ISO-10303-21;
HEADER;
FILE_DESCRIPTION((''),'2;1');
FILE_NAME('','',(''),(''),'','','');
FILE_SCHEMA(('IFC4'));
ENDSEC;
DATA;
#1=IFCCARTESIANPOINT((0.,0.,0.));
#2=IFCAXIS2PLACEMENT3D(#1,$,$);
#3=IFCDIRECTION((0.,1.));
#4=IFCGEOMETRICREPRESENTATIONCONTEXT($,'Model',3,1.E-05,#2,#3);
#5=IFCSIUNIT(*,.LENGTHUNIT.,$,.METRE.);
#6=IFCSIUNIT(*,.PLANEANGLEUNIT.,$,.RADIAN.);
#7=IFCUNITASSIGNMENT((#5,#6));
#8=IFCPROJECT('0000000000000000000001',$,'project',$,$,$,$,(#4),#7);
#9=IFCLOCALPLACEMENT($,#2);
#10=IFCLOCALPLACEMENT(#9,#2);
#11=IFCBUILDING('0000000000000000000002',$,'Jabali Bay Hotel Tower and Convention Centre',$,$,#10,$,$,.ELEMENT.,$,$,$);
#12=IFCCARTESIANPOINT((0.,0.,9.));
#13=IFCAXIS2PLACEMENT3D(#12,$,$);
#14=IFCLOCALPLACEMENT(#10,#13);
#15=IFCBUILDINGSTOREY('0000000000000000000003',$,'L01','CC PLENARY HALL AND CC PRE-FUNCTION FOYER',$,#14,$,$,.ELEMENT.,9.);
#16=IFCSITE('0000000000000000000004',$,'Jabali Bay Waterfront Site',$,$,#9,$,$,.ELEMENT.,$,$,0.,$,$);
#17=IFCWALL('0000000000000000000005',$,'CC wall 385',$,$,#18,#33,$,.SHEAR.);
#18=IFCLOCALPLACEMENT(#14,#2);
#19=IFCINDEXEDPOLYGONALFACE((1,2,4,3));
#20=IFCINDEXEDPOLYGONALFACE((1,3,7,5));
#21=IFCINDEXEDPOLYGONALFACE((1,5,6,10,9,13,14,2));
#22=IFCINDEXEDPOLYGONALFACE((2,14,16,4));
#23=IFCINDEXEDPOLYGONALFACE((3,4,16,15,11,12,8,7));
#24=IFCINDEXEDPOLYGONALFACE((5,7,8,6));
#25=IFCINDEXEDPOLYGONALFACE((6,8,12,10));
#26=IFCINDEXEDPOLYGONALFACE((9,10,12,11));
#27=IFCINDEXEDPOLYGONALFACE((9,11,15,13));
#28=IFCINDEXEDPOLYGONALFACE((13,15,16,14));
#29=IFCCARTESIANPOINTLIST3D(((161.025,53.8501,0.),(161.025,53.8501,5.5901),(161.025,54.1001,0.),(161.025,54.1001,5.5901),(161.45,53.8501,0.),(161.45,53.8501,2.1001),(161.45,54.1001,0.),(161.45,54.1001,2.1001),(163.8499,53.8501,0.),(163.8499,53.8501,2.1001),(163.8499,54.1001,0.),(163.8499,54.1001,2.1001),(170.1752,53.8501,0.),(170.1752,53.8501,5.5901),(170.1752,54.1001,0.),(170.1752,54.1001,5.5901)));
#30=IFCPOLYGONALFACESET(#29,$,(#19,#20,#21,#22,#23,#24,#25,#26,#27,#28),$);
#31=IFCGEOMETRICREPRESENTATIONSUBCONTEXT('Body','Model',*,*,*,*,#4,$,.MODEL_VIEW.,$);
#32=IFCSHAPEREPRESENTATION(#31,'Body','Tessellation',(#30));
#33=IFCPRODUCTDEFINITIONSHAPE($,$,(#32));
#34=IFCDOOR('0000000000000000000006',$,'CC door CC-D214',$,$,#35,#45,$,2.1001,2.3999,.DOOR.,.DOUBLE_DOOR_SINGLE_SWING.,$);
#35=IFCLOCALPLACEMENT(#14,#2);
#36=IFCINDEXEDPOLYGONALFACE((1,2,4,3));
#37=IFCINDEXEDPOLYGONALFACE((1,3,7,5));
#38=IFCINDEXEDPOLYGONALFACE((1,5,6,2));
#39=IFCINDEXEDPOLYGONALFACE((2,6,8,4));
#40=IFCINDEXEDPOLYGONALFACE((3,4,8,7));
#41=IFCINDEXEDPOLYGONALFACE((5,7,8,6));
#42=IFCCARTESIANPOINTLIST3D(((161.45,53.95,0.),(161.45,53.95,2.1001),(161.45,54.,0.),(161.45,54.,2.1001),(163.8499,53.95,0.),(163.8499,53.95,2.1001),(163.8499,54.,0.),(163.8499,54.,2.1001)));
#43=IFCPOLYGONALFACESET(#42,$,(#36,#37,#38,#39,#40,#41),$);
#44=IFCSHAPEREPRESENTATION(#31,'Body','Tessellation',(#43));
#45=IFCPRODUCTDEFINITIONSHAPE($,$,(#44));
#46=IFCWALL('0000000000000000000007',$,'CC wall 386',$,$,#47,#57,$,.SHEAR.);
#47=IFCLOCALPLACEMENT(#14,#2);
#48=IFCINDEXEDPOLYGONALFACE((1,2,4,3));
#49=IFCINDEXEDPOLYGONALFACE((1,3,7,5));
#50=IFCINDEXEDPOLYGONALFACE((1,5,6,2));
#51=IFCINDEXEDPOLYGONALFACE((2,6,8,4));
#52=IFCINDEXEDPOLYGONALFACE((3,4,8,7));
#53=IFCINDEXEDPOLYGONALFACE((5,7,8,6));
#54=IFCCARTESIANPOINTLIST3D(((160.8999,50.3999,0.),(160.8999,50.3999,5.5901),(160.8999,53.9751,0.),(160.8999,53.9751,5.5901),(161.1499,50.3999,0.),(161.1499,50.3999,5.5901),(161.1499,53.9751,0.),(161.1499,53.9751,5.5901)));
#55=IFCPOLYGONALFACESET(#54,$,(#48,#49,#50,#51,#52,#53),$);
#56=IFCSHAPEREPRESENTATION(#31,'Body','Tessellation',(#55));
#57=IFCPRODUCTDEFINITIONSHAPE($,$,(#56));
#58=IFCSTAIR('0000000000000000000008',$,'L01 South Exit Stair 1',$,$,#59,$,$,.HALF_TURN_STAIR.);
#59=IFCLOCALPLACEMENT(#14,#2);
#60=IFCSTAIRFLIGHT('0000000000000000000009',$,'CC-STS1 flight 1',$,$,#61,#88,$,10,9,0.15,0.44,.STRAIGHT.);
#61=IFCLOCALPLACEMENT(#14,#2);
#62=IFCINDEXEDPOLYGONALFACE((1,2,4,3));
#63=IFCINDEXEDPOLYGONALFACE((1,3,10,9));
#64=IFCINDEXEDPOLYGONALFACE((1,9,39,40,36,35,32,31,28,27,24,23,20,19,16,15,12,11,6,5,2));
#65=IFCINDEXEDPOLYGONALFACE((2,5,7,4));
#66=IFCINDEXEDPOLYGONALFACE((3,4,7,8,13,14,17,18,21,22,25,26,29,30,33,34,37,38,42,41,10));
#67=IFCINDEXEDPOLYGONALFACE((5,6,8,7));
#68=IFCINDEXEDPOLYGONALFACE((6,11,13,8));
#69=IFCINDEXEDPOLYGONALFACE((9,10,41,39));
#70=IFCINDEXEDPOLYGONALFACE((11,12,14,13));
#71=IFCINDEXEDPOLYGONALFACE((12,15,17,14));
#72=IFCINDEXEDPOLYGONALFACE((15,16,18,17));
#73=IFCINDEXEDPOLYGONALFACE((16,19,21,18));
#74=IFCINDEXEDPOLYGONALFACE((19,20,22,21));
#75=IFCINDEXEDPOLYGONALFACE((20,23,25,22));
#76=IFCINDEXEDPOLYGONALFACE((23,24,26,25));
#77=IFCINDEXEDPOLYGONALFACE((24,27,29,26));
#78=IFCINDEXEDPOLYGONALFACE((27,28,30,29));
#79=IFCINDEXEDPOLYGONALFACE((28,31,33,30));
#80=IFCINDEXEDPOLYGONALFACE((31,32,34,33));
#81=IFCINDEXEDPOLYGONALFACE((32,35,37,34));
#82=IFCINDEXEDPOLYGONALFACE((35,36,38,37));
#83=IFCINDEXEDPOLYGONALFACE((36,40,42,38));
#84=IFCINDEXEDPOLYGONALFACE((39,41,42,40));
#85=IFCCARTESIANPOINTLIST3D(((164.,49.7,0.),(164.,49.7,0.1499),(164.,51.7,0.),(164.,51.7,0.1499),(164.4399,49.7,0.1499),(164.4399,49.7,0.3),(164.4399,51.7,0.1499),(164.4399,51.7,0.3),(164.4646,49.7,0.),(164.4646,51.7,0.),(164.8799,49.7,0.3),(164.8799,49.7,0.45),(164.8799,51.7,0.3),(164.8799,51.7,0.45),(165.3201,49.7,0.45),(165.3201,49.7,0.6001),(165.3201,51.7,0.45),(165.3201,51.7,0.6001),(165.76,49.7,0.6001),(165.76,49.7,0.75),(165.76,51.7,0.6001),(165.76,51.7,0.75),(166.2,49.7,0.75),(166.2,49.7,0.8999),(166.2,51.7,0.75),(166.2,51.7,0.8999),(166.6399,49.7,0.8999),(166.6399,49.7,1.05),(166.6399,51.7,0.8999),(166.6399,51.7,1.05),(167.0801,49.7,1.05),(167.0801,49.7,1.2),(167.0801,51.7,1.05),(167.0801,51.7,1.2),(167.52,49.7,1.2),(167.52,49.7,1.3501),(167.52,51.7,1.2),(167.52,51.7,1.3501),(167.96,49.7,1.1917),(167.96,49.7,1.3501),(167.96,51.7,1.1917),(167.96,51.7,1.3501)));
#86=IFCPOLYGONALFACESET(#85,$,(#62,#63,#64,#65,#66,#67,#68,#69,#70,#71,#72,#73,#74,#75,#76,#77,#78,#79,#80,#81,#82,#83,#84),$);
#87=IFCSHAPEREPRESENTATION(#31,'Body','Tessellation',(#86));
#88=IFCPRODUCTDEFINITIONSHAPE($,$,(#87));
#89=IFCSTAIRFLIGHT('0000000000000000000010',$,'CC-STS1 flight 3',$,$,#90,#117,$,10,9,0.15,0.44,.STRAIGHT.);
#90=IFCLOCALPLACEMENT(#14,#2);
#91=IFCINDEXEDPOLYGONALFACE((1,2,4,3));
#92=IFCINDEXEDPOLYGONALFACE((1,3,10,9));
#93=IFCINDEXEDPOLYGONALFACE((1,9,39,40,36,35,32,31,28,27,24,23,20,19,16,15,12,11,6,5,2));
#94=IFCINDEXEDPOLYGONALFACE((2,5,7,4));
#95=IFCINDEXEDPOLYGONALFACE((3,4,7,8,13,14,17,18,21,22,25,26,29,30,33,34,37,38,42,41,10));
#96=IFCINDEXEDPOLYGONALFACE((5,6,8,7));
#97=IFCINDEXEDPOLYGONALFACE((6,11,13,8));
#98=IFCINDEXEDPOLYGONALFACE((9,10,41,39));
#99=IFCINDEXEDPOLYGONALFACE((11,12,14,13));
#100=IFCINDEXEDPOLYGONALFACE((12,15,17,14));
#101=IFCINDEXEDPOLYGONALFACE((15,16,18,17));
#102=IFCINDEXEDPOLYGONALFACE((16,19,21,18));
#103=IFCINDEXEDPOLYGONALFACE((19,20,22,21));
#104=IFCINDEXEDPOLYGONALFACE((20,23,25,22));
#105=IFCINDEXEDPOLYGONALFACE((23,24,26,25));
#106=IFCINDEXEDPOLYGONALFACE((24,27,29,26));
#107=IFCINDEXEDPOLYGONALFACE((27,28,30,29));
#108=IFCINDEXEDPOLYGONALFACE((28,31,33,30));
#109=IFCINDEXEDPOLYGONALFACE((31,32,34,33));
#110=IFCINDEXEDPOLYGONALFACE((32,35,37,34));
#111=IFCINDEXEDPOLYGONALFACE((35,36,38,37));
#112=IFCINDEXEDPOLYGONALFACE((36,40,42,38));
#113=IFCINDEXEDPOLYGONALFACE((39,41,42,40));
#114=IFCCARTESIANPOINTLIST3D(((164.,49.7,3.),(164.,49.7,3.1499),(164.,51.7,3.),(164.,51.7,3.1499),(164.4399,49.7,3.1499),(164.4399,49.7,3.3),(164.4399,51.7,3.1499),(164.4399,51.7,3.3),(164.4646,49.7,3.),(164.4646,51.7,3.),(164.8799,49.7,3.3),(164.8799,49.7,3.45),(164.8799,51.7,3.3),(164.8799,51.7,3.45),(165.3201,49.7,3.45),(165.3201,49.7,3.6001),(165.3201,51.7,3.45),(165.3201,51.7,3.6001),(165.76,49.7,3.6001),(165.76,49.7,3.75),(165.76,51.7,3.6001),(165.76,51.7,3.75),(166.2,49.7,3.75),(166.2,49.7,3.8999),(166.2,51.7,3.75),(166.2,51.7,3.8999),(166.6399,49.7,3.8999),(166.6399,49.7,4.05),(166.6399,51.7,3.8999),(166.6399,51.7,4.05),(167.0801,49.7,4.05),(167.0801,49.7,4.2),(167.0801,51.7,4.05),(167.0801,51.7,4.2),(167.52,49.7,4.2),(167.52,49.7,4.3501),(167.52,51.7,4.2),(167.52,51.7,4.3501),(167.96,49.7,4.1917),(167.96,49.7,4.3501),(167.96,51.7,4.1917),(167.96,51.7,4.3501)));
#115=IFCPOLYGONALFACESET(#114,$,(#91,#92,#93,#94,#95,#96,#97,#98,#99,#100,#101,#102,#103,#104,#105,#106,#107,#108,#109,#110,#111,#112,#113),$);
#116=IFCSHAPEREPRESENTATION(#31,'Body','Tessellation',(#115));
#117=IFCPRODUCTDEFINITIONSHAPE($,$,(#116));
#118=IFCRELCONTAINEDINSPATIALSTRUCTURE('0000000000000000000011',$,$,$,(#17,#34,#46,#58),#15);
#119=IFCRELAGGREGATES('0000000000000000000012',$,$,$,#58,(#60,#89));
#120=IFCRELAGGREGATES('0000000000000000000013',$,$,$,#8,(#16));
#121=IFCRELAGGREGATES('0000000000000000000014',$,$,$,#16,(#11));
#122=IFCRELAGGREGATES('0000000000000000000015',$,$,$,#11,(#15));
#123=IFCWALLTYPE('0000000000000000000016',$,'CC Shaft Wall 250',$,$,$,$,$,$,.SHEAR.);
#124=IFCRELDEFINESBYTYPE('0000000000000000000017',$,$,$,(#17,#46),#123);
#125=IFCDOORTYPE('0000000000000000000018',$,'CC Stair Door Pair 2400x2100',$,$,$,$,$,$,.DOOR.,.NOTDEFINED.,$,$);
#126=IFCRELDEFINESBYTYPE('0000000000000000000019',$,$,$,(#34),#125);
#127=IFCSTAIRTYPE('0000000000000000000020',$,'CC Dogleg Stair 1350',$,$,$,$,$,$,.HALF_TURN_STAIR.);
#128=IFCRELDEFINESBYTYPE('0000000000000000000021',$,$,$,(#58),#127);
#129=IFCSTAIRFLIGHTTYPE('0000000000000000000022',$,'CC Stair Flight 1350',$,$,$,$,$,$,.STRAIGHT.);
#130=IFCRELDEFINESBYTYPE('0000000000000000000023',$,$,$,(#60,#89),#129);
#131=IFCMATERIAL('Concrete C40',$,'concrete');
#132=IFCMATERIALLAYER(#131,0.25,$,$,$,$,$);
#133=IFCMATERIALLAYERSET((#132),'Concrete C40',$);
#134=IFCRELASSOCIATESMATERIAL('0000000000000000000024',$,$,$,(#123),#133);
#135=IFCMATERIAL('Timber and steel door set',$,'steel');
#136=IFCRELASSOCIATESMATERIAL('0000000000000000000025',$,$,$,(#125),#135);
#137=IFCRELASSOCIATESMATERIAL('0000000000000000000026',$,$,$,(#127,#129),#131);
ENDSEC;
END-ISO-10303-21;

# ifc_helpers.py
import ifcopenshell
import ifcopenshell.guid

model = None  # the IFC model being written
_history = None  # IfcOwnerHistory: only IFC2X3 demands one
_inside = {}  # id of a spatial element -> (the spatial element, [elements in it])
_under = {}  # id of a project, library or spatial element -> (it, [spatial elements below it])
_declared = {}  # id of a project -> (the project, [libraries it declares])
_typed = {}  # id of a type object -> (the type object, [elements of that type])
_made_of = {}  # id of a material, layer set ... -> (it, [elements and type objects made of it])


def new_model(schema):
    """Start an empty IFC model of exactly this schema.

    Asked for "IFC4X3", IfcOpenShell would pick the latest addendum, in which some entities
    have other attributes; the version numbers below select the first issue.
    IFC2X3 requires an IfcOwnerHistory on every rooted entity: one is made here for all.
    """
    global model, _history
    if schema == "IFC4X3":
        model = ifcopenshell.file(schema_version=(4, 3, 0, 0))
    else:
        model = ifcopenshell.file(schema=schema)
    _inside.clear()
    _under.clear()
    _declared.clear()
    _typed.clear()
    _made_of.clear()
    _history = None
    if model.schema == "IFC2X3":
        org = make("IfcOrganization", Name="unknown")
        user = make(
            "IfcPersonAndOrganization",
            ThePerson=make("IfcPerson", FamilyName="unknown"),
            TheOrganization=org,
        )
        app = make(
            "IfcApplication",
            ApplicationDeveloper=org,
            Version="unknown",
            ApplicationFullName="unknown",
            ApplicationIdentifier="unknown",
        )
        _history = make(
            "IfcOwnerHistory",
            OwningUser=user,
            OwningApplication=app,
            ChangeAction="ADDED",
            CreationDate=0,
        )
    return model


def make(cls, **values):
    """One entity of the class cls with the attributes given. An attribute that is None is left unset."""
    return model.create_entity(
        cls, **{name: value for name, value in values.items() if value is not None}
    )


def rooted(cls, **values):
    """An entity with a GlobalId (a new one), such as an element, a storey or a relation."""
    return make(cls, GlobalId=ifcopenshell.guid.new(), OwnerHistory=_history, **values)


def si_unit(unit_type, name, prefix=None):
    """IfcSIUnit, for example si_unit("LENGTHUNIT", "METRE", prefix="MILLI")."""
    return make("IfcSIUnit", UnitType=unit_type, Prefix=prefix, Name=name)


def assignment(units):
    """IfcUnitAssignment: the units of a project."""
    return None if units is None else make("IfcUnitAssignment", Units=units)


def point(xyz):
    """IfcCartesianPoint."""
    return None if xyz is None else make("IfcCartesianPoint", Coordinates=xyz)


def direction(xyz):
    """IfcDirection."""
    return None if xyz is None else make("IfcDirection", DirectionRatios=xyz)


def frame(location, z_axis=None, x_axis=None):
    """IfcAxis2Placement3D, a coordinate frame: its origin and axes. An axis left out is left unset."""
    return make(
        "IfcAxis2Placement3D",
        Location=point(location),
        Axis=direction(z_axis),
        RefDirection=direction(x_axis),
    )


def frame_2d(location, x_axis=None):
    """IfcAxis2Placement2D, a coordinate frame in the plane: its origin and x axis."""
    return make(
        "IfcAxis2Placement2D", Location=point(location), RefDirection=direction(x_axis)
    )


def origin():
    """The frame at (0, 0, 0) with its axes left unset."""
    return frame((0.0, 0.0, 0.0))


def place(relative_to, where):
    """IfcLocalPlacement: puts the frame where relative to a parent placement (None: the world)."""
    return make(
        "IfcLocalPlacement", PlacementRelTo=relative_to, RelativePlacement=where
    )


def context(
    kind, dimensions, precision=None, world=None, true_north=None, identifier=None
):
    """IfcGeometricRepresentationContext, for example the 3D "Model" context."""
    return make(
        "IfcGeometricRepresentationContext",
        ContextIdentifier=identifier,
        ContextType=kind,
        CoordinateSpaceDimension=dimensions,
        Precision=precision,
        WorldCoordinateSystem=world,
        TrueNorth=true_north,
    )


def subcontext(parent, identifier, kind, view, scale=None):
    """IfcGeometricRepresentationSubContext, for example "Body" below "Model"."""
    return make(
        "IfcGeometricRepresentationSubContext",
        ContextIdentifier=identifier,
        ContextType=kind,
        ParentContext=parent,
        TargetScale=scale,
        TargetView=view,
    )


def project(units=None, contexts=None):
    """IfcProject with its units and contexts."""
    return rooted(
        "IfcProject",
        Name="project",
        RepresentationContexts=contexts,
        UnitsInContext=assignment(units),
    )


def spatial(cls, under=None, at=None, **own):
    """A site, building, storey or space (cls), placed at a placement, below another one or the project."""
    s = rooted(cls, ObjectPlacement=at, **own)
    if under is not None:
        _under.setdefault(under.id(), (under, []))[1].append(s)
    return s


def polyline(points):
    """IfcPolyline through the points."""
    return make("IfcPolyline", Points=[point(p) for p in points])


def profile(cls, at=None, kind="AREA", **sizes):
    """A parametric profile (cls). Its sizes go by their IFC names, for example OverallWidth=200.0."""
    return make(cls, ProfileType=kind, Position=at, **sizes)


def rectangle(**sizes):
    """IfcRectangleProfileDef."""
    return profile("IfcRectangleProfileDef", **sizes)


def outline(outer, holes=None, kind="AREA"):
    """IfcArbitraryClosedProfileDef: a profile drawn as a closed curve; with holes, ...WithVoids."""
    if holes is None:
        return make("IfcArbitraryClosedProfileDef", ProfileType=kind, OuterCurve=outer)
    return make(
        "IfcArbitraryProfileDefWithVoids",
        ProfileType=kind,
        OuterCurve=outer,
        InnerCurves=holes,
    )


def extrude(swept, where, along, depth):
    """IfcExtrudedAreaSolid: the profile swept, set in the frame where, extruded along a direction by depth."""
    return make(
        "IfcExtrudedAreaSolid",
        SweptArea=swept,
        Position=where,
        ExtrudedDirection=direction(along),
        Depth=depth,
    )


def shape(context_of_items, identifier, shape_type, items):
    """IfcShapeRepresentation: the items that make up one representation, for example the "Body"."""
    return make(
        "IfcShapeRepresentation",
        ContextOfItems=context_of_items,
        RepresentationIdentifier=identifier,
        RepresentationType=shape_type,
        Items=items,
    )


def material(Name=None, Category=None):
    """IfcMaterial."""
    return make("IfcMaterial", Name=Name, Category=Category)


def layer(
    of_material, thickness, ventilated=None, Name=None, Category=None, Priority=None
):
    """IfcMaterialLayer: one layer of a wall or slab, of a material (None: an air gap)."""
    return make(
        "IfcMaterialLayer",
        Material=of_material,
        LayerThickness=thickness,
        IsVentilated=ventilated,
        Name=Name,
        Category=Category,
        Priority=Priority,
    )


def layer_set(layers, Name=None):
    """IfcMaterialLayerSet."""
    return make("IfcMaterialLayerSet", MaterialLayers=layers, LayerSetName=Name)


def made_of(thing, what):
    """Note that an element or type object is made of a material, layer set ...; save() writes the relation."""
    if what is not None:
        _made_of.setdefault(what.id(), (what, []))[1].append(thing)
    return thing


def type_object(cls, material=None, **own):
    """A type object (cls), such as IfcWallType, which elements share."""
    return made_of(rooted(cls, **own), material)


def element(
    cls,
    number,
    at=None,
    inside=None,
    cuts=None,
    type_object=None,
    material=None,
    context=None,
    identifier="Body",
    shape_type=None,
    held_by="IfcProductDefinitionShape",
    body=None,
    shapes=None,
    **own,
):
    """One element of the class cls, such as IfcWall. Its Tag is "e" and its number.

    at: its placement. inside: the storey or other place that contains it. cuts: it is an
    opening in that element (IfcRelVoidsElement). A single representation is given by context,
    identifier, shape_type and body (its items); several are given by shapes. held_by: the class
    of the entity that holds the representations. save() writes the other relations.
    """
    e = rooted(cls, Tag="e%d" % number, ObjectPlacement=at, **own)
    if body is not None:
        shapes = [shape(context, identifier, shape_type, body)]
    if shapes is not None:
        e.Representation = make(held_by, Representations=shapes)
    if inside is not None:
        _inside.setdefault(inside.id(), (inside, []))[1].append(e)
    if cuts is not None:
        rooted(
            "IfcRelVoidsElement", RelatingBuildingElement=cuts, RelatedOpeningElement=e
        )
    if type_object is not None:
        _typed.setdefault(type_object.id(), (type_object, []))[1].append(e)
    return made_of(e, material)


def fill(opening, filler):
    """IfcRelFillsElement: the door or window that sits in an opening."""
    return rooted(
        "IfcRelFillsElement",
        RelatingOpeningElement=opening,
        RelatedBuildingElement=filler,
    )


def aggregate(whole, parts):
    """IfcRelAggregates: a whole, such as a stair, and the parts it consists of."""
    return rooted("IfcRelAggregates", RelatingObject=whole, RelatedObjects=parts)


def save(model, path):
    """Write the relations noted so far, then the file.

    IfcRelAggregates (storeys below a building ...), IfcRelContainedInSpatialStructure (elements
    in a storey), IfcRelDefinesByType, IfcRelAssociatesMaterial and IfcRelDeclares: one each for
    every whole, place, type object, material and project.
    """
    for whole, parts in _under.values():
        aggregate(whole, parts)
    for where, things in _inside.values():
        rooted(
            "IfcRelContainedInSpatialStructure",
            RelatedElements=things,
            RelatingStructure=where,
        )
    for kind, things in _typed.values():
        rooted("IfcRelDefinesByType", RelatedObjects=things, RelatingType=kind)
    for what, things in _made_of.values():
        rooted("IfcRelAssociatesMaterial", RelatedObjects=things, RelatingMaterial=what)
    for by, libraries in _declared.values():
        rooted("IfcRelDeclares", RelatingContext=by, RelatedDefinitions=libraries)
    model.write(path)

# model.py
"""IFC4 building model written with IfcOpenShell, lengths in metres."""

from ifc_helpers import new_model, si_unit, direction, frame, frame_2d, origin, place, context, subcontext, project, spatial, polyline, rectangle, outline, extrude, material, layer, layer_set, type_object, element, fill, aggregate, save


model = new_model("IFC4")

# Units and contexts
model_context = context("Model", 3, precision=1e-05, world=origin(), true_north=direction((0.0, 1.0)))
body_context = subcontext(model_context, "Body", "Model", "MODEL_VIEW")
ifc_project = project(units=[si_unit("LENGTHUNIT", "METRE"), si_unit("PLANEANGLEUNIT", "RADIAN")], contexts=[model_context])

# Site, building, storey
site_placement = place(None, origin())
site = spatial("IfcSite", under=ifc_project, at=site_placement, Name="Jabali Bay Waterfront Site", CompositionType="ELEMENT", RefElevation=0.0)
building_placement = place(site_placement, origin())
building = spatial("IfcBuilding", under=site, at=building_placement, Name="Jabali Bay Hotel Tower and Convention Centre", CompositionType="ELEMENT")
storey_placement = place(building_placement, frame((0.0, 0.0, 9.0)))
storey = spatial("IfcBuildingStorey", under=building, at=storey_placement, Name="L01", Description="CC PLENARY HALL AND CC PRE-FUNCTION FOYER", CompositionType="ELEMENT", Elevation=9.0)

# Shared definitions
ifc_material_1 = material(Name="Concrete C40", Category="concrete")

# Wall, opening, door
ifc_material_2 = material(Name="Timber and steel door set", Category="steel")
ifc_layer_1 = layer(ifc_material_1, 0.25)
ifc_layer_set_1 = layer_set([ifc_layer_1], Name="Concrete C40")
wall_type_1 = type_object("IfcWallType", Name="CC Shaft Wall 250", PredefinedType="SHEAR", material=ifc_layer_set_1)
wall_1_placement = place(storey_placement, frame((161.0249, 53.9751, 0.0), z_axis=(0.0, 0.0, 1.0), x_axis=(1.0, 0.0, 0.0)))
wall_1 = element("IfcWall", 1, at=wall_1_placement, inside=storey, type_object=wall_type_1, Name="CC wall 385", PredefinedType="SHEAR", context=body_context, shape_type="SweptSolid", body=[
    extrude(rectangle(XDim=9.1501, YDim=0.25, at=frame_2d((4.5752, 0.0))), origin(), (0.0, 0.0, 1.0), 5.5901),
])
opening_1_placement = place(wall_1_placement, frame((0.425, 0.0, 0.0)))
opening_1 = element("IfcOpeningElement", 2, at=opening_1_placement, cuts=wall_1, PredefinedType="OPENING", context=body_context, shape_type="SweptSolid", body=[
    extrude(rectangle(XDim=2.3999, YDim=2.1001, at=frame_2d((1.2, 1.05))), frame((0.0, 0.1355, 0.0), z_axis=(0.0, -1.0, 0.0), x_axis=(1.0, 0.0, 0.0)), (0.0, 0.0, 1.0), 0.271),
])
door_type_1 = type_object("IfcDoorType", Name="CC Stair Door Pair 2400x2100", OperationType="NOTDEFINED", PredefinedType="DOOR", material=ifc_material_2)
door_1_placement = place(opening_1_placement, origin())
door_1 = element("IfcDoor", 3, at=door_1_placement, inside=storey, type_object=door_type_1, Name="CC door CC-D214", OperationType="DOUBLE_DOOR_SINGLE_SWING", OverallHeight=2.1001, OverallWidth=2.3999, PredefinedType="DOOR", context=body_context, shape_type="SweptSolid", body=[
    extrude(rectangle(XDim=2.3999, YDim=2.1001, at=frame_2d((1.2, 1.05))), frame((0.0, 0.0249, 0.0), z_axis=(0.0, -1.0, 0.0), x_axis=(1.0, 0.0, 0.0)), (0.0, 0.0, 1.0), 0.05),
])
fill(opening_1, door_1)

# Wall
wall_2_placement = place(storey_placement, frame((161.0249, 50.3999, 0.0), z_axis=(0.0, 0.0, 1.0), x_axis=(0.0, 1.0, 0.0)))
element("IfcWall", 4, at=wall_2_placement, inside=storey, type_object=wall_type_1, Name="CC wall 386", PredefinedType="SHEAR", context=body_context, shape_type="SweptSolid", body=[
    extrude(rectangle(XDim=3.5752, YDim=0.25, at=frame_2d((1.7876, 0.0))), origin(), (0.0, 0.0, 1.0), 5.5901),
])

# Stair, stair flights
stair_type = type_object("IfcStairType", Name="CC Dogleg Stair 1350", PredefinedType="HALF_TURN_STAIR", material=ifc_material_1)
stair_placement = place(storey_placement, origin())
stair = element("IfcStair", 5, at=stair_placement, inside=storey, type_object=stair_type, Name="L01 South Exit Stair 1", PredefinedType="HALF_TURN_STAIR")
stair_flight_type = type_object("IfcStairFlightType", Name="CC Stair Flight 1350", PredefinedType="STRAIGHT", material=ifc_material_1)
stair_flight_1_placement = place(storey_placement, frame((164.0, 50.7, 0.0), z_axis=(0.0, 0.0, 1.0), x_axis=(1.0, 0.0, 0.0)))
stair_flight_1 = element("IfcStairFlight", 6, at=stair_flight_1_placement, type_object=stair_flight_type, Name="CC-STS1 flight 1", NumberOfRisers=10, NumberOfTreads=9, PredefinedType="STRAIGHT", RiserHeight=0.15, TreadLength=0.44, context=body_context, shape_type="SweptSolid", body=[
    extrude(outline(polyline([(0.0, 0.0), (0.0, 0.1499), (0.4399, 0.1499), (0.4399, 0.3), (0.8799, 0.3), (0.8799, 0.45), (1.3201, 0.45), (1.3201, 0.6001), (1.76, 0.6001), (1.76, 0.75), (2.2, 0.75), (2.2, 0.8999), (2.6399, 0.8999), (2.6399, 1.05), (3.0801, 1.05), (3.0801, 1.2), (3.52, 1.2), (3.52, 1.3501), (3.96, 1.3501), (3.96, 1.5), (3.96, 1.1917), (0.4646, 0.0), (0.0, 0.0)])), frame((0.0, 1.0, 0.0), z_axis=(0.0, -1.0, 0.0), x_axis=(1.0, 0.0, 0.0)), (0.0, 0.0, 1.0), 2.0),
])
stair_flight_2_placement = place(storey_placement, frame((164.0, 50.7, 3.0), z_axis=(0.0, 0.0, 1.0), x_axis=(1.0, 0.0, 0.0)))
stair_flight_2 = element("IfcStairFlight", 7, at=stair_flight_2_placement, type_object=stair_flight_type, Name="CC-STS1 flight 3", NumberOfRisers=10, NumberOfTreads=9, PredefinedType="STRAIGHT", RiserHeight=0.15, TreadLength=0.44, context=body_context, shape_type="SweptSolid", body=[
    extrude(outline(polyline([(0.0, 0.0), (0.0, 0.1499), (0.4399, 0.1499), (0.4399, 0.3), (0.8799, 0.3), (0.8799, 0.45), (1.3201, 0.45), (1.3201, 0.6001), (1.76, 0.6001), (1.76, 0.75), (2.2, 0.75), (2.2, 0.8999), (2.6399, 0.8999), (2.6399, 1.05), (3.0801, 1.05), (3.0801, 1.2), (3.52, 1.2), (3.52, 1.3501), (3.96, 1.3501), (3.96, 1.5), (3.96, 1.1917), (0.4646, 0.0), (0.0, 0.0)])), frame((0.0, 1.0, 0.0), z_axis=(0.0, -1.0, 0.0), x_axis=(1.0, 0.0, 0.0)), (0.0, 0.0, 1.0), 2.0),
])
aggregate(stair, [stair_flight_1, stair_flight_2])

save(model, "model.ifc")
